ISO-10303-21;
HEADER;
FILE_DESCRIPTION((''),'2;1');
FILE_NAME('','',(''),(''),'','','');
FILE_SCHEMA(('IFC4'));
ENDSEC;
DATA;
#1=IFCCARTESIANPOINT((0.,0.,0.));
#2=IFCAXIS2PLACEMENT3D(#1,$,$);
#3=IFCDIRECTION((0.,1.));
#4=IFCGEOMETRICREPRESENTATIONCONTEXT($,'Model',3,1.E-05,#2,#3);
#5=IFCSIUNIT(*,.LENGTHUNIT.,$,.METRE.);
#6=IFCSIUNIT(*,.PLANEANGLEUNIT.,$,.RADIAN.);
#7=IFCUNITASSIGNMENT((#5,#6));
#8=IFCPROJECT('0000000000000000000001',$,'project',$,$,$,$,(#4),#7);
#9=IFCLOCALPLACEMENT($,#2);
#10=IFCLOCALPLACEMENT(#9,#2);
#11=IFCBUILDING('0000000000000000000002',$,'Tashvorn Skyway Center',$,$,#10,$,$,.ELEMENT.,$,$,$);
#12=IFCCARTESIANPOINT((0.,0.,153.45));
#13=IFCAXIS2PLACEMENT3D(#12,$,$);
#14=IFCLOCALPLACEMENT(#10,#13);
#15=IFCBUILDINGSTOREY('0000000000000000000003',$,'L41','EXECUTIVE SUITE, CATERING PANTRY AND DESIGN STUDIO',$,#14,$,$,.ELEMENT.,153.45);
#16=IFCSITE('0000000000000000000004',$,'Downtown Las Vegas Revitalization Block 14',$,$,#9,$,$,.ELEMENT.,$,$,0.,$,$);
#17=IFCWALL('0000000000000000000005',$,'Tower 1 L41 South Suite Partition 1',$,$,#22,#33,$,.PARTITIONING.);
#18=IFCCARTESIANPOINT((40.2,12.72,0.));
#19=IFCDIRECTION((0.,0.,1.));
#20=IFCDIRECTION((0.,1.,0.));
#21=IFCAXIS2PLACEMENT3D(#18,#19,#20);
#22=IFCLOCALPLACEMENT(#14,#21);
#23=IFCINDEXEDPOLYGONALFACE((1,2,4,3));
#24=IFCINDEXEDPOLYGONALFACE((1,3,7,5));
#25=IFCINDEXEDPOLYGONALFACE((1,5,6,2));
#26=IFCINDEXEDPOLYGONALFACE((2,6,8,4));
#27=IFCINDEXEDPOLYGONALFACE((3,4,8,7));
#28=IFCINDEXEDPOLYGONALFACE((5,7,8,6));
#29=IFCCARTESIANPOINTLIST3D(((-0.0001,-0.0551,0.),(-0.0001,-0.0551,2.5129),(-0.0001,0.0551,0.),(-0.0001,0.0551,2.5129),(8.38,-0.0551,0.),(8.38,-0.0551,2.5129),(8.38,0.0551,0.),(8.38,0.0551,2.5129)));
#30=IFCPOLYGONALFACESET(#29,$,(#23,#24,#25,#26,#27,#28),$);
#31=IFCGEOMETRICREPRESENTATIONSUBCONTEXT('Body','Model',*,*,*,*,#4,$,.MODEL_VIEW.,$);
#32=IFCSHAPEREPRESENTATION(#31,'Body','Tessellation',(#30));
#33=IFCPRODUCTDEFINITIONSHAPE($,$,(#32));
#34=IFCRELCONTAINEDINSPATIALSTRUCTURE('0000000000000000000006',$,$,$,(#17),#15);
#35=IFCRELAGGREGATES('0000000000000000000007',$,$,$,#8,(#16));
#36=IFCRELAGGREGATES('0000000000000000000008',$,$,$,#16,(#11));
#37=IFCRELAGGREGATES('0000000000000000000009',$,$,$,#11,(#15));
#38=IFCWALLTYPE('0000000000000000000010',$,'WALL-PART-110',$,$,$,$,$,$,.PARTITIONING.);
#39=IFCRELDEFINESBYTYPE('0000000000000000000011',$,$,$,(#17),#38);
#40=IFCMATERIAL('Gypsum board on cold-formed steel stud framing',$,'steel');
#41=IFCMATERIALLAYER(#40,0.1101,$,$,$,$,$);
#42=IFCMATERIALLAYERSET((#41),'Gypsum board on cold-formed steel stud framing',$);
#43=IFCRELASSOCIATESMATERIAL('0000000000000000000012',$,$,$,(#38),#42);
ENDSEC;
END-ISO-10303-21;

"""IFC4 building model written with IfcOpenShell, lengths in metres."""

from ifc_helpers import new_model, si_unit, direction, frame, frame_2d, origin, place, context, subcontext, project, spatial, rectangle, extrude, material, layer, layer_set, type_object, element, save


model = new_model("IFC4")

# Units and contexts
model_context = context("Model", 3, precision=1e-05, world=origin(), true_north=direction((0.0, 1.0)))
body_context = subcontext(model_context, "Body", "Model", "MODEL_VIEW")
ifc_project = project(units=[si_unit("LENGTHUNIT", "METRE"), si_unit("PLANEANGLEUNIT", "RADIAN")], contexts=[model_context])

# Site, building, storey
site_placement = place(None, origin())
site = spatial("IfcSite", under=ifc_project, at=site_placement, Name="Downtown Las Vegas Revitalization Block 14", CompositionType="ELEMENT", RefElevation=0.0)
building_placement = place(site_placement, origin())
building = spatial("IfcBuilding", under=site, at=building_placement, Name="Tashvorn Skyway Center", CompositionType="ELEMENT")
storey_placement = place(building_placement, frame((0.0, 0.0, 153.45)))
storey = spatial("IfcBuildingStorey", under=building, at=storey_placement, Name="L41", Description="EXECUTIVE SUITE, CATERING PANTRY AND DESIGN STUDIO", CompositionType="ELEMENT", Elevation=153.45)

# Wall
ifc_material_1 = material(Name="Gypsum board on cold-formed steel stud framing", Category="steel")
ifc_layer_1 = layer(ifc_material_1, 0.1101)
ifc_layer_set_1 = layer_set([ifc_layer_1], Name="Gypsum board on cold-formed steel stud framing")
wall_type_1 = type_object("IfcWallType", Name="WALL-PART-110", PredefinedType="PARTITIONING", material=ifc_layer_set_1)
wall_1_placement = place(storey_placement, frame((40.2, 12.72, 0.0), z_axis=(0.0, 0.0, 1.0), x_axis=(0.0, 1.0, 0.0)))
element("IfcWall", 1, at=wall_1_placement, inside=storey, type_object=wall_type_1, Name="Tower 1 L41 South Suite Partition 1", PredefinedType="PARTITIONING", context=body_context, shape_type="SweptSolid", body=[
    extrude(rectangle(XDim=8.3801, YDim=0.1101, at=frame_2d((4.1899, 0.0))), origin(), (0.0, 0.0, 1.0), 2.5129),
])

save(model, "model.ifc")
